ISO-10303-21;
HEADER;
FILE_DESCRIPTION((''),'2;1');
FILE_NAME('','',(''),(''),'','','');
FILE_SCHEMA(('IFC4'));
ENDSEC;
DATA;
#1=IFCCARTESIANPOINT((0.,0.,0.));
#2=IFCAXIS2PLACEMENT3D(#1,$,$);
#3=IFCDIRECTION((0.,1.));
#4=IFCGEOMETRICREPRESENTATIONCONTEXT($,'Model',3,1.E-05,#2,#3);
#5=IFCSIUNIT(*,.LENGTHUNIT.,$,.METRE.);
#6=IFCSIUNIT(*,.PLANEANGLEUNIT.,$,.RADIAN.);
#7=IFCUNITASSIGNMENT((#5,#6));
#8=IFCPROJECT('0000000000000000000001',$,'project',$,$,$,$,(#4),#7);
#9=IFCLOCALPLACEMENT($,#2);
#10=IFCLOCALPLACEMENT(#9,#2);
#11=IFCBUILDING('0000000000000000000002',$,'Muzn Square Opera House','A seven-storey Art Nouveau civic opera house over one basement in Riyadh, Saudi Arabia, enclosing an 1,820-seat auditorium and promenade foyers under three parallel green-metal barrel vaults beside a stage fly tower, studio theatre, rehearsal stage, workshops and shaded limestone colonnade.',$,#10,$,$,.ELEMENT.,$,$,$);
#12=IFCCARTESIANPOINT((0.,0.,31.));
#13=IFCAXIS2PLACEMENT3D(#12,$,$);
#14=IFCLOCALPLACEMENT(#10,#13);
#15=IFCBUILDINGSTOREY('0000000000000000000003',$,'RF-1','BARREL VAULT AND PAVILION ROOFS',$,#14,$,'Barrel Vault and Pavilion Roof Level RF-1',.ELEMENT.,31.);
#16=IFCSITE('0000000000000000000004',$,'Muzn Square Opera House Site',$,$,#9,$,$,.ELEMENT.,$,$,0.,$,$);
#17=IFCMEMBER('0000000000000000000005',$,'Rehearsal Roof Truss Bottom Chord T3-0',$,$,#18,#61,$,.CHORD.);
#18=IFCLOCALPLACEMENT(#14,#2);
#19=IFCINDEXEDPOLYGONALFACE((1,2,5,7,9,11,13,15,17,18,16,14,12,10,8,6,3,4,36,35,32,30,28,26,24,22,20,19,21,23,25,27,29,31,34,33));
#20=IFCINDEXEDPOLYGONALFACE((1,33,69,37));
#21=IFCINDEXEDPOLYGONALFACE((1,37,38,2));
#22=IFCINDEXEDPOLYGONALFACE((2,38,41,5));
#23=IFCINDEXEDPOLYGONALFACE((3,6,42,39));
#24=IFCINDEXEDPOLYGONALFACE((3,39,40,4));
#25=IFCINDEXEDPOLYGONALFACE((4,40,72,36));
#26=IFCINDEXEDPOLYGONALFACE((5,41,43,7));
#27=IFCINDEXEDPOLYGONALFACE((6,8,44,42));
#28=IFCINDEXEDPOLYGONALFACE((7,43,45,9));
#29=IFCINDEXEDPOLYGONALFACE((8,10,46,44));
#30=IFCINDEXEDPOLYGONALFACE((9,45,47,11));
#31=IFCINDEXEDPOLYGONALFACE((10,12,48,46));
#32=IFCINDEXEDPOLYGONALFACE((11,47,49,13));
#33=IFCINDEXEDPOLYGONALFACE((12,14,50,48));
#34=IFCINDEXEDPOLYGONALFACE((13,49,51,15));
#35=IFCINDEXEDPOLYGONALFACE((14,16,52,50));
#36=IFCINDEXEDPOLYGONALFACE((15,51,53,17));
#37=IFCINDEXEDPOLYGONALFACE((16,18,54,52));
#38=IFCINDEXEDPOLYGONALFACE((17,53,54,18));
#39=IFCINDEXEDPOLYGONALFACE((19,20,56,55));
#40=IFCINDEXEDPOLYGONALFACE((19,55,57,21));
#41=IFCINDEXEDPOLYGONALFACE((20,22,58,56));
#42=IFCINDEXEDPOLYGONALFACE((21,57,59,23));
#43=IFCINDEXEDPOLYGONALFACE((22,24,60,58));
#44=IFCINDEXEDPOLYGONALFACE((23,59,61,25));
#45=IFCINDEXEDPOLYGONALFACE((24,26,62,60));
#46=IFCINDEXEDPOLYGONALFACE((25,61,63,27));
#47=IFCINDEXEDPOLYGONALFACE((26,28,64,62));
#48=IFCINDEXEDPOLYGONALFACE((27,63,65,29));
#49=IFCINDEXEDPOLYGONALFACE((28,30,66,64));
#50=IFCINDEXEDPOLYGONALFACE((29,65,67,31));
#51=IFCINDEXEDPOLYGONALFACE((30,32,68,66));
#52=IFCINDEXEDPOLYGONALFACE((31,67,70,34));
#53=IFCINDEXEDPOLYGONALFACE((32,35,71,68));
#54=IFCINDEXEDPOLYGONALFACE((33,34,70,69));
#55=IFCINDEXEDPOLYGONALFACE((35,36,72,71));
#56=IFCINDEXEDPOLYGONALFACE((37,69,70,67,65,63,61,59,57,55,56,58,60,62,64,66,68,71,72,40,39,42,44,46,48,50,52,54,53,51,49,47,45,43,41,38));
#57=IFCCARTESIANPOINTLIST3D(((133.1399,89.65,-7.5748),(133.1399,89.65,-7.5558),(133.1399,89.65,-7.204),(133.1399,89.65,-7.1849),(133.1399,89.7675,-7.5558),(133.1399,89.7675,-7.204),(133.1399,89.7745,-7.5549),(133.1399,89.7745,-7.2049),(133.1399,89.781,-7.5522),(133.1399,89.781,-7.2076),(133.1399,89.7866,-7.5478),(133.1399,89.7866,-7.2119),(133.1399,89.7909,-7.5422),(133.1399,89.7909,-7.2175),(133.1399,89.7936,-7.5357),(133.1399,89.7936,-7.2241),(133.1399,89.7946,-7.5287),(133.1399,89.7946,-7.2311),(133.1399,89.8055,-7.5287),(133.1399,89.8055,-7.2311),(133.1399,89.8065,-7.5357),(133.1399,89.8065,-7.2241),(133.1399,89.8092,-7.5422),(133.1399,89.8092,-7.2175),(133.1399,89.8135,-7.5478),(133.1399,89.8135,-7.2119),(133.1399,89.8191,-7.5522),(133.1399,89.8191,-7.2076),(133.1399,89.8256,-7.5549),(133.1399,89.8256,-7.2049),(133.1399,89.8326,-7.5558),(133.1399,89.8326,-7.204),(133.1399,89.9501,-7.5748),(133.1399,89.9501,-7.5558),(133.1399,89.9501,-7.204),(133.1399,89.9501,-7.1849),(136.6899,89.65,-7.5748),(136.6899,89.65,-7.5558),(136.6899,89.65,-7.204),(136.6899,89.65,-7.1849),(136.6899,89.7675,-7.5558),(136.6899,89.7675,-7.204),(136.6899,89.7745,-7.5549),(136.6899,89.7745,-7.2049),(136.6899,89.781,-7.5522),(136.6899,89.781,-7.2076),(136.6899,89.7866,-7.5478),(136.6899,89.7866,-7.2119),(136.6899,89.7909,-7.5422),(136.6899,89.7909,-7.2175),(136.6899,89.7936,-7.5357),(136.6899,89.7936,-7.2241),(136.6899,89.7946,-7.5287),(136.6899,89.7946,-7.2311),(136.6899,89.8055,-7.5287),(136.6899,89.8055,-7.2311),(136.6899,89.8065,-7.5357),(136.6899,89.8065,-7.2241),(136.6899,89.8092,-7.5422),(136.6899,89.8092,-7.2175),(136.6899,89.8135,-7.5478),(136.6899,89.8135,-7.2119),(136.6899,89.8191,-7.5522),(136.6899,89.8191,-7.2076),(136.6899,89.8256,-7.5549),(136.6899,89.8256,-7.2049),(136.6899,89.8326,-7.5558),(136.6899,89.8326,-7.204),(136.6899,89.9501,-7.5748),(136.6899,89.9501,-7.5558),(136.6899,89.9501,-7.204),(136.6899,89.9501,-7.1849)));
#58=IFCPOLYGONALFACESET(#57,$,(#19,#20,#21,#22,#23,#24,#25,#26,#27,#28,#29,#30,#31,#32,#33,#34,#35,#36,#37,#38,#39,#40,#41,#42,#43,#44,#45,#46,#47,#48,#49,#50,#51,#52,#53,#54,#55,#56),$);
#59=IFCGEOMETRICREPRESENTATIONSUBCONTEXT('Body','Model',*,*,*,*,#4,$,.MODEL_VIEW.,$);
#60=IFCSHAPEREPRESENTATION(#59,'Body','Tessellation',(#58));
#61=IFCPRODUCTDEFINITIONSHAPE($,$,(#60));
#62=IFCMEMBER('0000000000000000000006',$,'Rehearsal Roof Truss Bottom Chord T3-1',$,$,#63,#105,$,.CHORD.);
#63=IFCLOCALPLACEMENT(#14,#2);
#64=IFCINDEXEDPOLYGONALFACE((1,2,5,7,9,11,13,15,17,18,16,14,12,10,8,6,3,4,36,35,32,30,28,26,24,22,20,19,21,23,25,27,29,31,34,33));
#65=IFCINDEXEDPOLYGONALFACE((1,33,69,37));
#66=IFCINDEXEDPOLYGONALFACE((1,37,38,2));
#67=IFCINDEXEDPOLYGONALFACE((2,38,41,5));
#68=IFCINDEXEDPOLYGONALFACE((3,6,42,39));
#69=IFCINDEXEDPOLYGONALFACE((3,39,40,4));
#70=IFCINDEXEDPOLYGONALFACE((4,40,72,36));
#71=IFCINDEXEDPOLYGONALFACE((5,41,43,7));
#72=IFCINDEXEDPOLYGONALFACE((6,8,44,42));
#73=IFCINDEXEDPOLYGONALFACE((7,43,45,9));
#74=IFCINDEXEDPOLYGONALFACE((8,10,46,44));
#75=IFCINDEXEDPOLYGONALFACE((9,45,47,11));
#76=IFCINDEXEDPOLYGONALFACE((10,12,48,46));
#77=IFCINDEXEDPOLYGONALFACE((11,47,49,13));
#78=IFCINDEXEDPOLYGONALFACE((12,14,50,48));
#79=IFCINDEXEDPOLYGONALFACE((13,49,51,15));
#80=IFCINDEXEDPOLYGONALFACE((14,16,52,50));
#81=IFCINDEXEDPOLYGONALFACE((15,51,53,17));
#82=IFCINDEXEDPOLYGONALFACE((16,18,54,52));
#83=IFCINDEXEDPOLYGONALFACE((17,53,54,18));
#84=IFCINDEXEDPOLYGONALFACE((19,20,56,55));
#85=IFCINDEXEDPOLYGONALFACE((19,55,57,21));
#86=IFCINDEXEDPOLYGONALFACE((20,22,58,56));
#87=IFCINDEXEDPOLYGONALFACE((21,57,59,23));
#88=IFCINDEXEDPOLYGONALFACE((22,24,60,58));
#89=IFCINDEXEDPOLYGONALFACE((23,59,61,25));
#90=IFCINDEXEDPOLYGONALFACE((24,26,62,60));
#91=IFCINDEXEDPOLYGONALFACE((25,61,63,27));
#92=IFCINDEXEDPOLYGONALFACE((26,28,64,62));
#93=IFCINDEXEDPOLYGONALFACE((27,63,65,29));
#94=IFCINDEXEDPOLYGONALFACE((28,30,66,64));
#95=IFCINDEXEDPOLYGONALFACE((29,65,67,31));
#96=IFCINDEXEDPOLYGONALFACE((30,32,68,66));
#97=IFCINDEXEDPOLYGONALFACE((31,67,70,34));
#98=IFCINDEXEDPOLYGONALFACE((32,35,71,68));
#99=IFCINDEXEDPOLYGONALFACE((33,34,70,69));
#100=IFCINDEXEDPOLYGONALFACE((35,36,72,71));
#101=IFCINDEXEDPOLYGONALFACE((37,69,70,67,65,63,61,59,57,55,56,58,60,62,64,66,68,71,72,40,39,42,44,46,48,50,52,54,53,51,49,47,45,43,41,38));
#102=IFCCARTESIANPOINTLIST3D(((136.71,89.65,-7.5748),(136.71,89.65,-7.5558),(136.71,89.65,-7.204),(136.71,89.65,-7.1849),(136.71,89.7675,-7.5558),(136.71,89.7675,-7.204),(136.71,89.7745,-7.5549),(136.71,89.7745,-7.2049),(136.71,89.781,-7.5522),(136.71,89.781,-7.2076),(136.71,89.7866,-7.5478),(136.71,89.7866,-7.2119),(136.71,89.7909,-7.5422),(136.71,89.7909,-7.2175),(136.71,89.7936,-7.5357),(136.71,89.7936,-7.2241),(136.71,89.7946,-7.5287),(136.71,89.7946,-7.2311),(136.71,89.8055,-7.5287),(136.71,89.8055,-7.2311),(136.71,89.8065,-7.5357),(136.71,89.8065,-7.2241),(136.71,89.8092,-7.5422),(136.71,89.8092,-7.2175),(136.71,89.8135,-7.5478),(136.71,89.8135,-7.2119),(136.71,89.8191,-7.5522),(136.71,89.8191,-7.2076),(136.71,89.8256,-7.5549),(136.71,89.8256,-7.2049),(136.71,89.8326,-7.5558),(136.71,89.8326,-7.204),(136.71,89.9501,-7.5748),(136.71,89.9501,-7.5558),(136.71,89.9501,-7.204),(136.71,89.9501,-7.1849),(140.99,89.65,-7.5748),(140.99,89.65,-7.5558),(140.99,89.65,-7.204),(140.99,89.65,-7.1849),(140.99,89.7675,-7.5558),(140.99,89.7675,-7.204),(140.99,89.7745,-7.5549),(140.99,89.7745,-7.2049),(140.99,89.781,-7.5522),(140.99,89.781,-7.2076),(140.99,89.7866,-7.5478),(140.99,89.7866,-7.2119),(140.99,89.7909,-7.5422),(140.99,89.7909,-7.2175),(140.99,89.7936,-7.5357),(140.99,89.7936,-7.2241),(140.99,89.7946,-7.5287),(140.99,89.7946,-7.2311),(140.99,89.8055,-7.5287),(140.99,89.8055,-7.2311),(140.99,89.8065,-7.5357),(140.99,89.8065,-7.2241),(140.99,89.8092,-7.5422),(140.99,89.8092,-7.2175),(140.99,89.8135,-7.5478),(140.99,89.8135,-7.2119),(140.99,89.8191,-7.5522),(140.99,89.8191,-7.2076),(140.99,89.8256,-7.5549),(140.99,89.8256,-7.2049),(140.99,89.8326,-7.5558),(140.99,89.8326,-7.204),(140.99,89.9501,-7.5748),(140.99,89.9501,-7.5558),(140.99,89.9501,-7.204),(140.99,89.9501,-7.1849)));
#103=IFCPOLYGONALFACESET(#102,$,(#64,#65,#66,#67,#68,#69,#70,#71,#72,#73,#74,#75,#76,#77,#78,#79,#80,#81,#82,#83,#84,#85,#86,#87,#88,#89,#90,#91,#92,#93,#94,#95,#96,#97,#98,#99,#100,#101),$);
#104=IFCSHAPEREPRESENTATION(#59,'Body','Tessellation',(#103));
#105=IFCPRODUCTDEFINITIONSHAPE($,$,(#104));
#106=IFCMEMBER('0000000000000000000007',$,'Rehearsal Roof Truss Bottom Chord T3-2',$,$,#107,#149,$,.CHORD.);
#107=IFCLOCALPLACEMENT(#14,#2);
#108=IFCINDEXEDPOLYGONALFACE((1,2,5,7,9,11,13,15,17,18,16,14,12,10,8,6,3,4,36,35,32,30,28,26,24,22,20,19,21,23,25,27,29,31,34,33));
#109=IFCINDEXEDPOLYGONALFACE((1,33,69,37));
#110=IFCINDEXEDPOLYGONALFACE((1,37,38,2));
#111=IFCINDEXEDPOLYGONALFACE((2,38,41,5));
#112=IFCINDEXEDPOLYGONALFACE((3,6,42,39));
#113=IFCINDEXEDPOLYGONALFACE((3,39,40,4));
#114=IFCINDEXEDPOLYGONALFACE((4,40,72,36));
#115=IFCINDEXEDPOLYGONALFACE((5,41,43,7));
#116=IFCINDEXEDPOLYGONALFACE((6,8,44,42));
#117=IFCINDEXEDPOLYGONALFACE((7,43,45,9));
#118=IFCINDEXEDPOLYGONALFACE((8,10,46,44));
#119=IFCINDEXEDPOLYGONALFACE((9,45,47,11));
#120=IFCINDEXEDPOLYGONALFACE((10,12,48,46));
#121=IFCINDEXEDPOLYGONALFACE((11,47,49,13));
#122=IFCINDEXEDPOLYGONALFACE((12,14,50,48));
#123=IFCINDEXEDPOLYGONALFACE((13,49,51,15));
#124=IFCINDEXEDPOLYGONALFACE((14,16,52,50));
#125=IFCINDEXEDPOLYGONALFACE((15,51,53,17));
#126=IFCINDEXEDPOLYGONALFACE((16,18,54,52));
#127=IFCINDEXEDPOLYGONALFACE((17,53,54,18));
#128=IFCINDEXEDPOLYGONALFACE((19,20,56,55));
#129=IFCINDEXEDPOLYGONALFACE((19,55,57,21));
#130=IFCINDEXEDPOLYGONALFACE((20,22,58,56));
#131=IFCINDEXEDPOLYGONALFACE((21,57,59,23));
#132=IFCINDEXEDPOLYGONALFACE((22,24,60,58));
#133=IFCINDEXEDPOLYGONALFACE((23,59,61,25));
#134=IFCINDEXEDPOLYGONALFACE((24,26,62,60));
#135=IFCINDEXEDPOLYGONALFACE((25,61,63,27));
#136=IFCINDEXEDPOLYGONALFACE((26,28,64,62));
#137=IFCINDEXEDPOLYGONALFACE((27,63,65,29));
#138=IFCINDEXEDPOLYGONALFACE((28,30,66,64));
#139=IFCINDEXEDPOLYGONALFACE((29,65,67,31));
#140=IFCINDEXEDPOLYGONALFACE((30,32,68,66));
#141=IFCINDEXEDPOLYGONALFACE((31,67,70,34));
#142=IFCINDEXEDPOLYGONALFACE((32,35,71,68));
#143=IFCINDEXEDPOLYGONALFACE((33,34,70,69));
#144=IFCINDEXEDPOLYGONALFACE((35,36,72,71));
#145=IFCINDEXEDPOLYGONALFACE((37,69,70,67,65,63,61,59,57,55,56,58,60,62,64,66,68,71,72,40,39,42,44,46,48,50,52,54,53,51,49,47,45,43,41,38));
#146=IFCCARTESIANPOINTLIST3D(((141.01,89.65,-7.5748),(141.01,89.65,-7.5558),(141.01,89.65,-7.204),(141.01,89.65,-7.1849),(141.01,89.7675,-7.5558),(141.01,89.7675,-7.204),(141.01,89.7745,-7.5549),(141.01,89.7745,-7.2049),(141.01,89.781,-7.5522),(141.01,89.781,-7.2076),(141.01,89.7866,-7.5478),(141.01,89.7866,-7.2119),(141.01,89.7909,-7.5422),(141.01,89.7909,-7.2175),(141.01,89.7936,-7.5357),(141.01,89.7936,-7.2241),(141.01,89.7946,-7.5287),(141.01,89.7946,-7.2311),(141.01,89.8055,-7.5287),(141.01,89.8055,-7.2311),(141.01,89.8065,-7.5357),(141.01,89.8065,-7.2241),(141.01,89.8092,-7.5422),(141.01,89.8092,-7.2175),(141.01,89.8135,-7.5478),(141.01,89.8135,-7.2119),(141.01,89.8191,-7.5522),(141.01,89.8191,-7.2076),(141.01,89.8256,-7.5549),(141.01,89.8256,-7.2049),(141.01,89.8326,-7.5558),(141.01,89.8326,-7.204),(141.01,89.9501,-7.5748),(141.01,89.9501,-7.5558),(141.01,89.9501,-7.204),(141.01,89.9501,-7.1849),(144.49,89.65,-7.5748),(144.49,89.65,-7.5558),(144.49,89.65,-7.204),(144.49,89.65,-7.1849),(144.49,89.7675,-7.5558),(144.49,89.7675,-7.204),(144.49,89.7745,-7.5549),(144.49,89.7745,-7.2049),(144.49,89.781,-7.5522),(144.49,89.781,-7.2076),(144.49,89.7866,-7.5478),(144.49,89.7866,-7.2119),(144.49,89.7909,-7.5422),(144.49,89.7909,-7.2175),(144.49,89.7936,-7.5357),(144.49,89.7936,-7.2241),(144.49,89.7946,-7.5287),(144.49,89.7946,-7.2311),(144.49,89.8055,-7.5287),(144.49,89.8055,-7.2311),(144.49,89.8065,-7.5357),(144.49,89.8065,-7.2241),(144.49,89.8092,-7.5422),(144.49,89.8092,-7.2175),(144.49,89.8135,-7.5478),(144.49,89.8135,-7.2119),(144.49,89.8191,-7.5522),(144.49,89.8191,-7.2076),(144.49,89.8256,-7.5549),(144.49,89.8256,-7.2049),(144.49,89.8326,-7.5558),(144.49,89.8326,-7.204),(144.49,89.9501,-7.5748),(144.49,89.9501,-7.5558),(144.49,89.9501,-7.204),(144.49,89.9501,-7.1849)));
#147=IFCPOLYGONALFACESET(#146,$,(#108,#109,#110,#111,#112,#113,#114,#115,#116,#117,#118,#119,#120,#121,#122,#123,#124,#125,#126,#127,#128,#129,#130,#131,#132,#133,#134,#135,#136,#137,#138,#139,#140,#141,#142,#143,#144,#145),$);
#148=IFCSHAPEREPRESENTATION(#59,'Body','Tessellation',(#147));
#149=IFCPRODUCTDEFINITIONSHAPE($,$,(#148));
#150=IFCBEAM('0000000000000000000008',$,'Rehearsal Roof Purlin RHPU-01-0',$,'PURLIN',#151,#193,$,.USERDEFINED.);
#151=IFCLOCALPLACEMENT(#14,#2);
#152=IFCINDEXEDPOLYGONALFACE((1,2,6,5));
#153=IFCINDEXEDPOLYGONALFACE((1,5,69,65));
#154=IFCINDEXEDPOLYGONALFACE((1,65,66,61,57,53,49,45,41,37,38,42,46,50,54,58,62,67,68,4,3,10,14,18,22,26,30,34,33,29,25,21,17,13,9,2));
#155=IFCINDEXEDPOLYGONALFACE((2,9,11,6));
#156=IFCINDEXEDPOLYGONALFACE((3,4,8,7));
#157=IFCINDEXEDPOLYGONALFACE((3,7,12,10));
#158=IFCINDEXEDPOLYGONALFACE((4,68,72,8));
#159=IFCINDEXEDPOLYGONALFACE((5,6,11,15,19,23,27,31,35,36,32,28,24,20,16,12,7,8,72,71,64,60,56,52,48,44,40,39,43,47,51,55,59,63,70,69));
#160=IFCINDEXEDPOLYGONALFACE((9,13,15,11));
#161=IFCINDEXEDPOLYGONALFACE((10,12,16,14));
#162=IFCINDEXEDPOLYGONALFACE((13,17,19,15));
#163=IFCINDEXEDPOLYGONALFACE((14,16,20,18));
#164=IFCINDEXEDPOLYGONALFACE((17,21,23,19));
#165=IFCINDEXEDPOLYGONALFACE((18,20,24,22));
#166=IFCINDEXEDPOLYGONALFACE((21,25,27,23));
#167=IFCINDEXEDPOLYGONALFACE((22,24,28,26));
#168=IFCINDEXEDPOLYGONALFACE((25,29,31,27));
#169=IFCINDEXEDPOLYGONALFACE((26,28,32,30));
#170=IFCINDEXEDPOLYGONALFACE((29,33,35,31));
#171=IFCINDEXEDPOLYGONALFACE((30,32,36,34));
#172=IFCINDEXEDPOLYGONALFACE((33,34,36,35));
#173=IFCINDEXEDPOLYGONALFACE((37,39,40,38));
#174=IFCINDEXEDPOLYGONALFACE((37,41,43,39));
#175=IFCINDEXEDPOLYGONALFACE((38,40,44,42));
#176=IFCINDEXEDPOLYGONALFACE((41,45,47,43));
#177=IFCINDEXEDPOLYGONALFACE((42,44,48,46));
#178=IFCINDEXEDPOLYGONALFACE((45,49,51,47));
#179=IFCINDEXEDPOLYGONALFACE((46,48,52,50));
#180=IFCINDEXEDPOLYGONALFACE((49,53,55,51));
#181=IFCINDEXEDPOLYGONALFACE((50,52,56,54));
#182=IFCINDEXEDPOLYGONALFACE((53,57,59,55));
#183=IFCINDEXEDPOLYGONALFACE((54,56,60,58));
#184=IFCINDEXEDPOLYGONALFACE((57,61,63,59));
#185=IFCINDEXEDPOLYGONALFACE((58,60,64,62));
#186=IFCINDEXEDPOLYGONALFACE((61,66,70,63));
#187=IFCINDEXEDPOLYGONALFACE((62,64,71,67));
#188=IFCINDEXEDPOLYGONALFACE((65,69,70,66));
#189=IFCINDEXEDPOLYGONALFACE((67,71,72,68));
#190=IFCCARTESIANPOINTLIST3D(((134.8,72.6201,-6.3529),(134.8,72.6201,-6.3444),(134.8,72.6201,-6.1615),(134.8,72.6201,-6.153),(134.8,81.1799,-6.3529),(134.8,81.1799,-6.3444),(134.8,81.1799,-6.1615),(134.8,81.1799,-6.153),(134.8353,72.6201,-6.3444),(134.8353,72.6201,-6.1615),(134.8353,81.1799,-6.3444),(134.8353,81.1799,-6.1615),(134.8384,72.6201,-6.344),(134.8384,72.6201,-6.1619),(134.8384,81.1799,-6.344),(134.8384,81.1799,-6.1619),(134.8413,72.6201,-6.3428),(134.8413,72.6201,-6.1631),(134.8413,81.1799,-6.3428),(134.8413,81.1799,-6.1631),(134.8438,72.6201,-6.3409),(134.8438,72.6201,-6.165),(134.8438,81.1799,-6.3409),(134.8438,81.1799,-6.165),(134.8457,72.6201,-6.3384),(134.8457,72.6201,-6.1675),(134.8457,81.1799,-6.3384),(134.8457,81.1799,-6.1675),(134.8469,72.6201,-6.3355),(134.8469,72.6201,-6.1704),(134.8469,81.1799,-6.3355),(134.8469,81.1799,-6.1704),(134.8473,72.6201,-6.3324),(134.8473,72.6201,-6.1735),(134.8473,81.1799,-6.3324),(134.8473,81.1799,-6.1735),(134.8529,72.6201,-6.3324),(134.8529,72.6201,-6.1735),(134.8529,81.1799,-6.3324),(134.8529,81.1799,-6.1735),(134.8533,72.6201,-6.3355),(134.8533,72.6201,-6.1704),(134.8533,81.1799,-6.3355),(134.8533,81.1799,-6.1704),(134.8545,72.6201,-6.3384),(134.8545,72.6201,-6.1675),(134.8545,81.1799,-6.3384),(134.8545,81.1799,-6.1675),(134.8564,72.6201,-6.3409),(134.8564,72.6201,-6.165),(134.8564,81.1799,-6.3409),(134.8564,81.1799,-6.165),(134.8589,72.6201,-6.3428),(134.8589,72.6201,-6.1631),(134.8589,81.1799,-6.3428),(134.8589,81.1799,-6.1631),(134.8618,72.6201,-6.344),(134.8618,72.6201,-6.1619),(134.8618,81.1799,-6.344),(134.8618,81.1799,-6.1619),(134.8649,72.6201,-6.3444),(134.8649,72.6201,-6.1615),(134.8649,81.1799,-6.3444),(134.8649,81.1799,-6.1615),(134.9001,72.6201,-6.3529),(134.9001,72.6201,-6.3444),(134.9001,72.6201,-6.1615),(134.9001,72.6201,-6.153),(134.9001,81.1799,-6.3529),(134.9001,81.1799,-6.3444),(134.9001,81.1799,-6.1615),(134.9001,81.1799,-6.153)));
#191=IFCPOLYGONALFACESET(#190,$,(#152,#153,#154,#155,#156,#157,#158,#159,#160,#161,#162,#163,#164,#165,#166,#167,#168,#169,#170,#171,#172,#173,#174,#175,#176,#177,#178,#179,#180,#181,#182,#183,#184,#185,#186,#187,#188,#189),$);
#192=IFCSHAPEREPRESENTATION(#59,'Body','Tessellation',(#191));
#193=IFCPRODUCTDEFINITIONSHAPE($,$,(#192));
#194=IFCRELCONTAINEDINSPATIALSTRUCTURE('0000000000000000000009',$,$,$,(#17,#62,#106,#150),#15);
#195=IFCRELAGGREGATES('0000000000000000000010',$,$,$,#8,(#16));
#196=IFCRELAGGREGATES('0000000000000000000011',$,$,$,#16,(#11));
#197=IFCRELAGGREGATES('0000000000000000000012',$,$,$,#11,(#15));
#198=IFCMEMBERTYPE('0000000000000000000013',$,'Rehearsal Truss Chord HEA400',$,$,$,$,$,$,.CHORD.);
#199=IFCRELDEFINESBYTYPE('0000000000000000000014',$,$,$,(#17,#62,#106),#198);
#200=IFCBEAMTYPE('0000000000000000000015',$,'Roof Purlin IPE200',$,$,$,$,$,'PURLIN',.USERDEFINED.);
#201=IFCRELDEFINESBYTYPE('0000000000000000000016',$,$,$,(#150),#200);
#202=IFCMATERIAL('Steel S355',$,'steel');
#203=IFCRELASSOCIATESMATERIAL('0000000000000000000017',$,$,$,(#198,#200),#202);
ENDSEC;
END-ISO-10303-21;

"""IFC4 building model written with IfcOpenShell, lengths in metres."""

from ifc_helpers import new_model, si_unit, direction, frame, origin, origin_2d, place, context, subcontext, project, spatial, i_section, extrude, material, material_profile, profile_set, type_object, element, save


model = new_model("IFC4")

# Units and contexts
model_context = context("Model", 3, precision=1e-05, world=origin(), true_north=direction((0.0, 1.0)))
body_context = subcontext(model_context, "Body", "Model", "MODEL_VIEW")
ifc_project = project(units=[si_unit("LENGTHUNIT", "METRE"), si_unit("PLANEANGLEUNIT", "RADIAN")], contexts=[model_context])

# Site, building, storey
site_placement = place(None, origin())
site = spatial("IfcSite", under=ifc_project, at=site_placement, Name="Muzn Square Opera House Site", CompositionType="ELEMENT", RefElevation=0.0)
building_placement = place(site_placement, origin())
building = spatial("IfcBuilding", under=site, at=building_placement, Name="Muzn Square Opera House", Description="A seven-storey Art Nouveau civic opera house over one basement in Riyadh, Saudi Arabia, enclosing an 1,820-seat auditorium and promenade foyers under three parallel green-metal barrel vaults beside a stage fly tower, studio theatre, rehearsal stage, workshops and shaded limestone colonnade.", CompositionType="ELEMENT")
storey_placement = place(building_placement, frame((0.0, 0.0, 31.0)))
storey = spatial("IfcBuildingStorey", under=building, at=storey_placement, Name="RF-1", Description="BARREL VAULT AND PAVILION ROOFS", LongName="Barrel Vault and Pavilion Roof Level RF-1", CompositionType="ELEMENT", Elevation=31.0)

# Shared definitions
ifc_material = material(Name="Steel S355", Category="steel")

# Members
ifc_material_profile_1 = material_profile(ifc_material, i_section(OverallWidth=0.3, OverallDepth=0.3899, WebThickness=0.011, FlangeThickness=0.019, FilletRadius=0.0271, at=origin_2d()), Name="HEA 400", Category="steel")
ifc_profile_set_1 = profile_set([ifc_material_profile_1], Name="Steel S355")
member_type_1 = type_object("IfcMemberType", Name="Rehearsal Truss Chord HEA400", PredefinedType="CHORD", material=ifc_profile_set_1)
member_1_placement = place(storey_placement, frame((133.1399, 89.8, -7.3799), z_axis=(1.0, 0.0, 0.0), x_axis=(0.0, 1.0, 0.0)))
element("IfcMember", 1, at=member_1_placement, inside=storey, type_object=member_type_1, Name="Rehearsal Roof Truss Bottom Chord T3-0", PredefinedType="CHORD", context=body_context, shape_type="SweptSolid", body=[
    extrude(i_section(OverallWidth=0.3, OverallDepth=0.3899, WebThickness=0.011, FlangeThickness=0.019, FilletRadius=0.0271, at=origin_2d()), origin(), (0.0, 0.0, 1.0), 3.55),
])
member_2_placement = place(storey_placement, frame((136.71, 89.8, -7.3799), z_axis=(1.0, 0.0, 0.0), x_axis=(0.0, 1.0, 0.0)))
element("IfcMember", 2, at=member_2_placement, inside=storey, type_object=member_type_1, Name="Rehearsal Roof Truss Bottom Chord T3-1", PredefinedType="CHORD", context=body_context, shape_type="SweptSolid", body=[
    extrude(i_section(OverallWidth=0.3, OverallDepth=0.3899, WebThickness=0.011, FlangeThickness=0.019, FilletRadius=0.0271, at=origin_2d()), origin(), (0.0, 0.0, 1.0), 4.28),
])
member_3_placement = place(storey_placement, frame((141.01, 89.8, -7.3799), z_axis=(1.0, 0.0, 0.0), x_axis=(0.0, 1.0, 0.0)))
element("IfcMember", 3, at=member_3_placement, inside=storey, type_object=member_type_1, Name="Rehearsal Roof Truss Bottom Chord T3-2", PredefinedType="CHORD", context=body_context, shape_type="SweptSolid", body=[
    extrude(i_section(OverallWidth=0.3, OverallDepth=0.3899, WebThickness=0.011, FlangeThickness=0.019, FilletRadius=0.0271, at=origin_2d()), origin(), (0.0, 0.0, 1.0), 3.48),
])

# Beam
ifc_material_profile_2 = material_profile(ifc_material, i_section(OverallWidth=0.1001, OverallDepth=0.2, WebThickness=0.0056, FlangeThickness=0.0085, FilletRadius=0.012, at=origin_2d()), Name="IPE 200", Category="steel")
ifc_profile_set_2 = profile_set([ifc_material_profile_2], Name="Steel S355")
beam_type = type_object("IfcBeamType", Name="Roof Purlin IPE200", ElementType="PURLIN", PredefinedType="USERDEFINED", material=ifc_profile_set_2)
beam_1_placement = place(storey_placement, frame((134.8501, 72.6201, -6.2529), z_axis=(0.0, 1.0, 0.0), x_axis=(-1.0, 0.0, 0.0)))
element("IfcBeam", 4, at=beam_1_placement, inside=storey, type_object=beam_type, Name="Rehearsal Roof Purlin RHPU-01-0", ObjectType="PURLIN", PredefinedType="USERDEFINED", context=body_context, shape_type="SweptSolid", body=[
    extrude(i_section(OverallWidth=0.1001, OverallDepth=0.2, WebThickness=0.0056, FlangeThickness=0.0085, FilletRadius=0.012, at=origin_2d()), origin(), (0.0, 0.0, 1.0), 8.5598),
])

save(model, "model.ifc")
